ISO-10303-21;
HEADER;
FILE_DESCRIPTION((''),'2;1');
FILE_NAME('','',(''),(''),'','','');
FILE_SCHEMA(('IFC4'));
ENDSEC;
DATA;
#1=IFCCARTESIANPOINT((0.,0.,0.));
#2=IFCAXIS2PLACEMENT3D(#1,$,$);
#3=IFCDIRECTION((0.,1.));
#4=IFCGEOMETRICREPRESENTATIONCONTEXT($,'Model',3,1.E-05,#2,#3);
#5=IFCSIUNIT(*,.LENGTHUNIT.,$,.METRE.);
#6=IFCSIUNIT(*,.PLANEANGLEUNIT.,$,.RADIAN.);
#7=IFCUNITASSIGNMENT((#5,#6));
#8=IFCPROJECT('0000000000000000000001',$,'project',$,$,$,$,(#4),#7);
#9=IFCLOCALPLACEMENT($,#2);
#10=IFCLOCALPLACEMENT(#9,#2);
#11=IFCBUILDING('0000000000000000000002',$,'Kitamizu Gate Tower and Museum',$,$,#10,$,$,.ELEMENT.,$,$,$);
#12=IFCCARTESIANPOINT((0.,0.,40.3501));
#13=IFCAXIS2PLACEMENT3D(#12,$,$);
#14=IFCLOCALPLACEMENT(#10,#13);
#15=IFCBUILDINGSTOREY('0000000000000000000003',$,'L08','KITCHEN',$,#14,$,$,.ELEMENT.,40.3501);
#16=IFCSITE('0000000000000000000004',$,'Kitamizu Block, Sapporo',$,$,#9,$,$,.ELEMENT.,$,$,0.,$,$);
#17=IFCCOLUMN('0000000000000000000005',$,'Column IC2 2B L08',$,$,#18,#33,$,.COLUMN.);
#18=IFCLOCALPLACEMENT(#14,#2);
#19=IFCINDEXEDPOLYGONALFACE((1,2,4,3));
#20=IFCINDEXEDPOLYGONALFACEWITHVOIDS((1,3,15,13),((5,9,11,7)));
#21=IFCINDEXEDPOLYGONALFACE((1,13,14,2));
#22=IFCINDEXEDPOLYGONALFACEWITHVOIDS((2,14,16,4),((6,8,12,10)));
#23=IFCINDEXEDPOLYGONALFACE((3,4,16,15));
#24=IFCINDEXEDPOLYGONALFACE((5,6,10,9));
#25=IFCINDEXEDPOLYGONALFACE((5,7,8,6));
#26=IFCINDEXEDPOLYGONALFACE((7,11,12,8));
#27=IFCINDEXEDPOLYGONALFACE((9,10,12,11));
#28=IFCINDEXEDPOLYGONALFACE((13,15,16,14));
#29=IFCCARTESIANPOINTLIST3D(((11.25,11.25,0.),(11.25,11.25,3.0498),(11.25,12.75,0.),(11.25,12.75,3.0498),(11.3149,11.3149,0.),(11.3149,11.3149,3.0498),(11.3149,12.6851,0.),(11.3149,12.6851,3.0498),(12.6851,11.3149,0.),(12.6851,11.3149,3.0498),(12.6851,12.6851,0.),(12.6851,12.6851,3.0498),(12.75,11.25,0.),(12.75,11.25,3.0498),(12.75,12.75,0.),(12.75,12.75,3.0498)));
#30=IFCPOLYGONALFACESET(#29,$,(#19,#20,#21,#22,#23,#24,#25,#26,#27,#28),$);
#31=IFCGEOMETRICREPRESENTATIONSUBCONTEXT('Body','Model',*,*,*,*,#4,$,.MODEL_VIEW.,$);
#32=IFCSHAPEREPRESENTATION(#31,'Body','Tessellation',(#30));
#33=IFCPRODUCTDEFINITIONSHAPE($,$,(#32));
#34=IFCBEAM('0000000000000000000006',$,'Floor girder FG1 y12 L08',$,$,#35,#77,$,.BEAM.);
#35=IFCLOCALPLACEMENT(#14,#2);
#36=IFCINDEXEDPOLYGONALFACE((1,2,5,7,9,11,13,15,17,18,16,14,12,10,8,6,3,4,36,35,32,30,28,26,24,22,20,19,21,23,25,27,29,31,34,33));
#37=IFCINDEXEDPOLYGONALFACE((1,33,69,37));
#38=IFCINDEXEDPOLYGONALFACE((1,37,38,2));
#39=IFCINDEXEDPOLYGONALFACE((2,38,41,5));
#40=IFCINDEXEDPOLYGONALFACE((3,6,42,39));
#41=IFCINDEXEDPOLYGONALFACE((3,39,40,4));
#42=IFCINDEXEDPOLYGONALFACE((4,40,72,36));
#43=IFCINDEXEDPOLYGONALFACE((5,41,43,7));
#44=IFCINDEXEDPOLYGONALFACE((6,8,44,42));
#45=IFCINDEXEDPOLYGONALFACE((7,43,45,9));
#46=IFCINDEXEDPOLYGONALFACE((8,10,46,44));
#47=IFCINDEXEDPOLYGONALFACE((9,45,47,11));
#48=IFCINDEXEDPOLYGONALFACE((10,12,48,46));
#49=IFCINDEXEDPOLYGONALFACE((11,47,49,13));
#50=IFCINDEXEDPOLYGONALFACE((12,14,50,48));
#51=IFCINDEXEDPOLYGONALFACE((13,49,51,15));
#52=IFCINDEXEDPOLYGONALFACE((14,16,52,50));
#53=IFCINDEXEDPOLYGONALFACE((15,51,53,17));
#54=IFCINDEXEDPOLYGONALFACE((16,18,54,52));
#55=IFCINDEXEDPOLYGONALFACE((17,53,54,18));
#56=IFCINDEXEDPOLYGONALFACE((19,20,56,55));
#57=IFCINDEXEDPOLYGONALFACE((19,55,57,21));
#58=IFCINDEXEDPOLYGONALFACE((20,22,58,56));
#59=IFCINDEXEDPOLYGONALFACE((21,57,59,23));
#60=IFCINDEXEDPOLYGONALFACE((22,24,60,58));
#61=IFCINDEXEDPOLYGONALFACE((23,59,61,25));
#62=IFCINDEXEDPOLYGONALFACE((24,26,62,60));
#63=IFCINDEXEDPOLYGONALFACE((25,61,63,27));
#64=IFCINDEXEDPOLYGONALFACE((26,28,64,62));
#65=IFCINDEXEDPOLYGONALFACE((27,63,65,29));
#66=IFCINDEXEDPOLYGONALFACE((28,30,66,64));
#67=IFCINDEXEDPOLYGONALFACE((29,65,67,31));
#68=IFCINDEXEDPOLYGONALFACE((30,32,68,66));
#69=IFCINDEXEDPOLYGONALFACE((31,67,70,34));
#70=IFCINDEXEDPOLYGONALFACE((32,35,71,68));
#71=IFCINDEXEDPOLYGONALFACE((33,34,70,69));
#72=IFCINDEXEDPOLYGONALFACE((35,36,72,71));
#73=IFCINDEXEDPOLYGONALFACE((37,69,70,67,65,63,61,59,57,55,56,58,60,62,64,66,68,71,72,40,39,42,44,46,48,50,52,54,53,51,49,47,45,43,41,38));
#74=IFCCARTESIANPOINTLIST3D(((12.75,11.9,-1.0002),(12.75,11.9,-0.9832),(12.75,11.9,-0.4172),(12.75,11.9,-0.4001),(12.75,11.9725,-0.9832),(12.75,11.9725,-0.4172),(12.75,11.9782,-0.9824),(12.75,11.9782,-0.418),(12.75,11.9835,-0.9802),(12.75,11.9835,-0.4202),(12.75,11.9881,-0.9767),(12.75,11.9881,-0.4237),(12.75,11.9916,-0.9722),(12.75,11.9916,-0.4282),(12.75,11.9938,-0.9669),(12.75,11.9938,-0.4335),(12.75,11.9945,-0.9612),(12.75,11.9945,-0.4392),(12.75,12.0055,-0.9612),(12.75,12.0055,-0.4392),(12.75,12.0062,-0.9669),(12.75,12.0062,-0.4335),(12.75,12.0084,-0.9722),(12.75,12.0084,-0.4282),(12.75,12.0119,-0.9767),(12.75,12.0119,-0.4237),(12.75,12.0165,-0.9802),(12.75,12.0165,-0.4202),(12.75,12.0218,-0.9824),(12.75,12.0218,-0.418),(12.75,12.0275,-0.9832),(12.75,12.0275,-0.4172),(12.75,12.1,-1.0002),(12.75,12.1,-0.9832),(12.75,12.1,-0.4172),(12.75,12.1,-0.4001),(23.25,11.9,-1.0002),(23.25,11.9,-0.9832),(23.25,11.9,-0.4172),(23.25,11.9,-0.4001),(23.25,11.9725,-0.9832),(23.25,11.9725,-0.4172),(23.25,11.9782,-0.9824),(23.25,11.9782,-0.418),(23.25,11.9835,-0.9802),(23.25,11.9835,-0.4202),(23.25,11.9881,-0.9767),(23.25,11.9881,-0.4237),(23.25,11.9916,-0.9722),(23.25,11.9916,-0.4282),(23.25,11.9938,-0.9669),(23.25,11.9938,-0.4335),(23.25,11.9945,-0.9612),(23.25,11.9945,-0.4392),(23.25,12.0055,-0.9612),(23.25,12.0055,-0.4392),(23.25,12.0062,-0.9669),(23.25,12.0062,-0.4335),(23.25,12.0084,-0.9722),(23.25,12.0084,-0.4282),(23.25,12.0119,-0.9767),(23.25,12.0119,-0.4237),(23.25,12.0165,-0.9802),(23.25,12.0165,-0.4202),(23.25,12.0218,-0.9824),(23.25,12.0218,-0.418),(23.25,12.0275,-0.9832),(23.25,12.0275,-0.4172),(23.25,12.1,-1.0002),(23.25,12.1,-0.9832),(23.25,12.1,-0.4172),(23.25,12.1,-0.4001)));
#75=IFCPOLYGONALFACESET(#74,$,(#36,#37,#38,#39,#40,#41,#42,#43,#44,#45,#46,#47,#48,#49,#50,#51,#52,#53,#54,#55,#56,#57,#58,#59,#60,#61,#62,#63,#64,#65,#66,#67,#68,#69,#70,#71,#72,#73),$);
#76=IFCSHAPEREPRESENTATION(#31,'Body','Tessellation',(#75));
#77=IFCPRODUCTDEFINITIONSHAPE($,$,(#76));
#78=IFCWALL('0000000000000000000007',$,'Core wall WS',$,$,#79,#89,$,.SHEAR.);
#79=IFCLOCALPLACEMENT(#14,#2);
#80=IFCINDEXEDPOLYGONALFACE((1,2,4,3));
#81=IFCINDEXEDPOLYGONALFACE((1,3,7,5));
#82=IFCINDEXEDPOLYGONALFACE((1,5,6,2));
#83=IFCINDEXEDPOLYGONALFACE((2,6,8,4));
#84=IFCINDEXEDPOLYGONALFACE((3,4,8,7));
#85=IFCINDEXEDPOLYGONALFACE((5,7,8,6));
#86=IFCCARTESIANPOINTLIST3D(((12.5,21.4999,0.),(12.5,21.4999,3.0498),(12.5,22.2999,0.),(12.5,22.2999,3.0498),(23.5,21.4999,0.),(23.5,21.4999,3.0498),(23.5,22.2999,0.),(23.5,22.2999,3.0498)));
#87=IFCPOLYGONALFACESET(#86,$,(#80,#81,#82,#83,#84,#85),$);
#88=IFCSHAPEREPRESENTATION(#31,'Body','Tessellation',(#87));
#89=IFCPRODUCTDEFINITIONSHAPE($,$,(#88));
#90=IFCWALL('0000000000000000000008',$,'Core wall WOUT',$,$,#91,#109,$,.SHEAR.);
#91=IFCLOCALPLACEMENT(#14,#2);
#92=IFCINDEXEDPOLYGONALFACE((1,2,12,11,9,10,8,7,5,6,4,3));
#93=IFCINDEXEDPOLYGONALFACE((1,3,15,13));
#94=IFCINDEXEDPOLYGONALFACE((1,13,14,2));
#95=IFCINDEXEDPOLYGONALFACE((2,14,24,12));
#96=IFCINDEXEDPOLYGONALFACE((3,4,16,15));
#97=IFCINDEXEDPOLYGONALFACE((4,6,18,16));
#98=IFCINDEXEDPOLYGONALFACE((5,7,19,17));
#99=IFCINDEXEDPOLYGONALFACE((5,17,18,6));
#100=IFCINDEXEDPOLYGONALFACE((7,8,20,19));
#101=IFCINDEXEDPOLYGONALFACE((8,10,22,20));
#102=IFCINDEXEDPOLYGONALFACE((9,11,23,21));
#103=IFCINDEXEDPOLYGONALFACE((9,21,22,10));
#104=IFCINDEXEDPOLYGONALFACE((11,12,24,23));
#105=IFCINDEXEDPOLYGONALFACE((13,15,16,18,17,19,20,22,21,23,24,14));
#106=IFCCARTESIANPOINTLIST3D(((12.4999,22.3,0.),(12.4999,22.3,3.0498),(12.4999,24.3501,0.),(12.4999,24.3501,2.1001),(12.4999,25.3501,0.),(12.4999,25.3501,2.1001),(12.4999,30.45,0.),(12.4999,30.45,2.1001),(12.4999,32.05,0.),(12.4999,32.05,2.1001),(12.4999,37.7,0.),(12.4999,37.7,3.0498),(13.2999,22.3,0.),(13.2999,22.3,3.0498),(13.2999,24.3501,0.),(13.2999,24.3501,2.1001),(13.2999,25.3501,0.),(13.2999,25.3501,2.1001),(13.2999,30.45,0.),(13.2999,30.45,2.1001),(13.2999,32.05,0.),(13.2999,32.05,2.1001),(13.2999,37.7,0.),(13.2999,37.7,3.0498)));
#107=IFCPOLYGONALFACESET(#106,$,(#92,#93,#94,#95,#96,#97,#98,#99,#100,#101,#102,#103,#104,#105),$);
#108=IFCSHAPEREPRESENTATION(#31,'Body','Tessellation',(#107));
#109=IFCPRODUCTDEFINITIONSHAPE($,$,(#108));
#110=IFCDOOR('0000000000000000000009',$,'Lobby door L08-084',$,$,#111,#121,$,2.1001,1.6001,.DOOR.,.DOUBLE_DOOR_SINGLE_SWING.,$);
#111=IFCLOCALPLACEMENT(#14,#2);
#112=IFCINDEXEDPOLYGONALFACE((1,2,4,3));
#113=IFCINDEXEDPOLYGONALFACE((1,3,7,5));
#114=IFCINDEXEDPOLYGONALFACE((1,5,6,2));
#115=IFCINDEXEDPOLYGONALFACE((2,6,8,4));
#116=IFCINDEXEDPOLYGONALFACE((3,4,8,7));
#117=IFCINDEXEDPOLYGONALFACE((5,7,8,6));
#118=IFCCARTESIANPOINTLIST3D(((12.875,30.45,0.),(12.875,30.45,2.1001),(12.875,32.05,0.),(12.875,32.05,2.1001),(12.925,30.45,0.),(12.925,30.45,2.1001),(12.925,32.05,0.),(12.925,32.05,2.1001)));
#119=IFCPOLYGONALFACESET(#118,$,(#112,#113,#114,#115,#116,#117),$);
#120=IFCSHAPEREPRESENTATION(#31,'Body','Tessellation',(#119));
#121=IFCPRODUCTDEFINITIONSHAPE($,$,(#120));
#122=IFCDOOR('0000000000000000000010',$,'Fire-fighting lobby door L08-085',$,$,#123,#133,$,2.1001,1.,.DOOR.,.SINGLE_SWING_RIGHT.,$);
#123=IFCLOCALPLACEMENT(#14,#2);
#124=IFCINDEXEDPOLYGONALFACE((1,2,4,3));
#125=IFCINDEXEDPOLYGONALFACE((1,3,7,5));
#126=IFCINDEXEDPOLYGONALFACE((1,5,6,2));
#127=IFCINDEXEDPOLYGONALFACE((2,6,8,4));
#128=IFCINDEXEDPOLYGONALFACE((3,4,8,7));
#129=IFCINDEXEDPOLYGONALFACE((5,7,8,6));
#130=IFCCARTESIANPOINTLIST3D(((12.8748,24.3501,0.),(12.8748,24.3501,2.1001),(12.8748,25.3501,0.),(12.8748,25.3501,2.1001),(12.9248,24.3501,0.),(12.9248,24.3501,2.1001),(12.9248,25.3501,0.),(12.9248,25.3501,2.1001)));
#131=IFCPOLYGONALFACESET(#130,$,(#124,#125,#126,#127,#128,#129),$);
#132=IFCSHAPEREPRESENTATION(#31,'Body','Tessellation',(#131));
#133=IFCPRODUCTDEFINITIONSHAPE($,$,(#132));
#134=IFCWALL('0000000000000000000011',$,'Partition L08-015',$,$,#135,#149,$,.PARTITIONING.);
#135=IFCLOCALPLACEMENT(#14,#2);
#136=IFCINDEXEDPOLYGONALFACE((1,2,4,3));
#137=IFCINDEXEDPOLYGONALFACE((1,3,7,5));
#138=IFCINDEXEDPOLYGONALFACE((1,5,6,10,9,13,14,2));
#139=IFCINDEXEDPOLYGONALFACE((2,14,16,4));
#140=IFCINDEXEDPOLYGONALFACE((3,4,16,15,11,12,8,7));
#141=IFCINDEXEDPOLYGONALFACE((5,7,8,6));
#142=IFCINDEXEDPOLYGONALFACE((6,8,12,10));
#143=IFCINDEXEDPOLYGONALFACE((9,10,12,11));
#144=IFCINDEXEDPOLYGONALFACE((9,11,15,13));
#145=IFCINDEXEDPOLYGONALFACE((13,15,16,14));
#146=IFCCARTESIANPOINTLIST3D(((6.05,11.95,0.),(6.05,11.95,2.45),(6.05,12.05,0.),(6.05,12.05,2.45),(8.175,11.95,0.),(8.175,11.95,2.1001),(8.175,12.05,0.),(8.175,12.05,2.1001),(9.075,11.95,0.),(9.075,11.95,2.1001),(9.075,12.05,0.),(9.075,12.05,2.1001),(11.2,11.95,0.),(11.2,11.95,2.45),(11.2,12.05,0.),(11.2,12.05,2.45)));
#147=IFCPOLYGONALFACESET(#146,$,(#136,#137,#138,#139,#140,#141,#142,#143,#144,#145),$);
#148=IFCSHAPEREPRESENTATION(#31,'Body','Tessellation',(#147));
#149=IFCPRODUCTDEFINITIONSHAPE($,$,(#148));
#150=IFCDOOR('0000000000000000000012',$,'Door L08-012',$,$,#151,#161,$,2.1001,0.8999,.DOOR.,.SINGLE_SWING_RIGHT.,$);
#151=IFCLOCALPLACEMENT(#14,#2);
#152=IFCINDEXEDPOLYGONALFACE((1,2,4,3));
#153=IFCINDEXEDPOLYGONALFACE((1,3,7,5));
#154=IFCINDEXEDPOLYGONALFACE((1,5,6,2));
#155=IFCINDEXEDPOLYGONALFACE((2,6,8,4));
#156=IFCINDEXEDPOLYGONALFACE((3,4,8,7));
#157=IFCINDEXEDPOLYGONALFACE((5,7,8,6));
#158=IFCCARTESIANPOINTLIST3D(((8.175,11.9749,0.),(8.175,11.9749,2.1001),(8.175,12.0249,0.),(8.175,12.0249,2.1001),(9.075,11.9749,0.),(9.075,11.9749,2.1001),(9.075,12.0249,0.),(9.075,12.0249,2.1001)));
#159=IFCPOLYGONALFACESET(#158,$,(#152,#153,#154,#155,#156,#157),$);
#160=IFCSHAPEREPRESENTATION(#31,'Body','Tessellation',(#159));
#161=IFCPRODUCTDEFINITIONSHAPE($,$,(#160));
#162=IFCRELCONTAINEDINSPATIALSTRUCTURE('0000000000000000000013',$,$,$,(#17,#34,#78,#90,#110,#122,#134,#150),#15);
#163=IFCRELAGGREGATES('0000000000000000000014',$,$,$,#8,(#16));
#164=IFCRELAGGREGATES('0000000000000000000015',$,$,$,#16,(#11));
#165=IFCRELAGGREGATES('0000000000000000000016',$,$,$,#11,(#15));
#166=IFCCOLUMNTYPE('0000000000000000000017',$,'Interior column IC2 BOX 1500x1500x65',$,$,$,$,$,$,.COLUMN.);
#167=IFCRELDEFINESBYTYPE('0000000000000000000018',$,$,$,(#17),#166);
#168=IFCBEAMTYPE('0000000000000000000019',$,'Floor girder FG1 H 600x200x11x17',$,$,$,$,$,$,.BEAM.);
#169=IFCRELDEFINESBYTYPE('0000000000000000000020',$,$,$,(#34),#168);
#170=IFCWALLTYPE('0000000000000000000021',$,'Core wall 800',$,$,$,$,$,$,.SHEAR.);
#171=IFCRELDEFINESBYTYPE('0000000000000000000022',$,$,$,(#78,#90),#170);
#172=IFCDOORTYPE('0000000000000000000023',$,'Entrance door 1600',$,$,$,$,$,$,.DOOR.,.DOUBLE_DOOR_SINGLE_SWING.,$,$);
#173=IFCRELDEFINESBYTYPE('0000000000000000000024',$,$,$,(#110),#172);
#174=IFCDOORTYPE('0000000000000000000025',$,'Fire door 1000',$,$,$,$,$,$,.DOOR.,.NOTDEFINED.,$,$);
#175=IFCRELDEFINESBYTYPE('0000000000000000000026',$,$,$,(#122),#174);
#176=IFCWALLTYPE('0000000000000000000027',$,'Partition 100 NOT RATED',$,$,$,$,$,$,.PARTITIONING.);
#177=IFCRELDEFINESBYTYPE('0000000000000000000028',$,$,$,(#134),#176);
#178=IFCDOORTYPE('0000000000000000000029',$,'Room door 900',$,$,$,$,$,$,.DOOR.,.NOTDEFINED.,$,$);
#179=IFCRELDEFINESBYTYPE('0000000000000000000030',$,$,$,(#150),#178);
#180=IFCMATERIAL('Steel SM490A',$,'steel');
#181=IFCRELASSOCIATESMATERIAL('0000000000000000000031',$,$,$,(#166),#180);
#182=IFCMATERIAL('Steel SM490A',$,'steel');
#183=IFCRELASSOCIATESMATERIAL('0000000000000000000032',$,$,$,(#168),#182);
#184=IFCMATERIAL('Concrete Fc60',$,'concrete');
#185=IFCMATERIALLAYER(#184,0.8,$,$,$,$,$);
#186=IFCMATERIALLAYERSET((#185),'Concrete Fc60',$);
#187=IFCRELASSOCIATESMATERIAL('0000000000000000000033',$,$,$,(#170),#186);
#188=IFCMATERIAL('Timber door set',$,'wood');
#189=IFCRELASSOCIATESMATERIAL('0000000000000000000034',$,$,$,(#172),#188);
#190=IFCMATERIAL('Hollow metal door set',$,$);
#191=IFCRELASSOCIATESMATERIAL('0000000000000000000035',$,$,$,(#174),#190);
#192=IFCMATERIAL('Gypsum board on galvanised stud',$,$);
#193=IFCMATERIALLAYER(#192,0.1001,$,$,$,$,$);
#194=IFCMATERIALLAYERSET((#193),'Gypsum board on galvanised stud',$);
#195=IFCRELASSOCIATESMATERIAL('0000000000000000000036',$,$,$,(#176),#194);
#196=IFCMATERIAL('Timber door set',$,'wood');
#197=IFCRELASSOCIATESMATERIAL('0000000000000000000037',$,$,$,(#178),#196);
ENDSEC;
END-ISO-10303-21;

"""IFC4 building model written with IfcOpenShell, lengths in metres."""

from ifc_helpers import new_model, si_unit, direction, frame, frame_2d, origin, origin_2d, place, context, subcontext, project, spatial, rectangle, hollow_rectangle, i_section, extrude, material, layer, layer_set, material_profile, profile_set, type_object, element, fill, save


model = new_model("IFC4")

# Units and contexts
model_context = context("Model", 3, precision=1e-05, world=origin(), true_north=direction((0.0, 1.0)))
body_context = subcontext(model_context, "Body", "Model", "MODEL_VIEW")
ifc_project = project(units=[si_unit("LENGTHUNIT", "METRE"), si_unit("PLANEANGLEUNIT", "RADIAN")], contexts=[model_context])

# Site, building, storey
site_placement = place(None, origin())
site = spatial("IfcSite", under=ifc_project, at=site_placement, Name="Kitamizu Block, Sapporo", CompositionType="ELEMENT", RefElevation=0.0)
building_placement = place(site_placement, origin())
building = spatial("IfcBuilding", under=site, at=building_placement, Name="Kitamizu Gate Tower and Museum", CompositionType="ELEMENT")
storey_placement = place(building_placement, frame((0.0, 0.0, 40.3501)))
storey = spatial("IfcBuildingStorey", under=building, at=storey_placement, Name="L08", Description="KITCHEN", CompositionType="ELEMENT", Elevation=40.3501)

# Column
ifc_material_1 = material(Name="Steel SM490A", Category="steel")
ifc_material_profile_1 = material_profile(ifc_material_1, hollow_rectangle(XDim=1.5, YDim=1.5, WallThickness=0.0649, at=origin_2d()), Name="BOX 1500x1500x65")
ifc_profile_set_1 = profile_set([ifc_material_profile_1], Name="Steel SM490A")
column_type = type_object("IfcColumnType", Name="Interior column IC2 BOX 1500x1500x65", PredefinedType="COLUMN", material=ifc_profile_set_1)
column_placement = place(storey_placement, frame((12.0, 12.0, 0.0), z_axis=(0.0, 0.0, 1.0), x_axis=(1.0, 0.0, 0.0)))
element("IfcColumn", 1, at=column_placement, inside=storey, type_object=column_type, Name="Column IC2 2B L08", PredefinedType="COLUMN", context=body_context, shape_type="SweptSolid", body=[
    extrude(hollow_rectangle(XDim=1.5, YDim=1.5, WallThickness=0.0649, at=origin_2d()), origin(), (0.0, 0.0, 1.0), 3.0498),
])

# Beam
ifc_material_2 = material(Name="Steel SM490A", Category="steel")
ifc_material_profile_2 = material_profile(ifc_material_2, i_section(OverallWidth=0.2, OverallDepth=0.6001, WebThickness=0.011, FlangeThickness=0.0171, FilletRadius=0.022, at=origin_2d()), Name="H-600x200x11x17")
ifc_profile_set_2 = profile_set([ifc_material_profile_2], Name="Steel SM490A")
beam_type = type_object("IfcBeamType", Name="Floor girder FG1 H 600x200x11x17", PredefinedType="BEAM", material=ifc_profile_set_2)
beam_placement = place(storey_placement, frame((12.75, 12.0, -0.7002), z_axis=(1.0, 0.0, 0.0), x_axis=(0.0, 1.0, 0.0)))
element("IfcBeam", 2, at=beam_placement, inside=storey, type_object=beam_type, Name="Floor girder FG1 y12 L08", PredefinedType="BEAM", context=body_context, shape_type="SweptSolid", body=[
    extrude(i_section(OverallWidth=0.2, OverallDepth=0.6001, WebThickness=0.011, FlangeThickness=0.0171, FilletRadius=0.022, at=origin_2d()), origin(), (0.0, 0.0, 1.0), 10.5),
])

# Wall
ifc_material_3 = material(Name="Concrete Fc60", Category="concrete")
ifc_layer_1 = layer(ifc_material_3, 0.8)
ifc_layer_set_1 = layer_set([ifc_layer_1], Name="Concrete Fc60")
wall_type_1 = type_object("IfcWallType", Name="Core wall 800", PredefinedType="SHEAR", material=ifc_layer_set_1)
wall_1_placement = place(storey_placement, frame((12.5, 21.8999, 0.0), z_axis=(0.0, 0.0, 1.0), x_axis=(1.0, 0.0, 0.0)))
element("IfcWall", 3, at=wall_1_placement, inside=storey, type_object=wall_type_1, Name="Core wall WS", PredefinedType="SHEAR", context=body_context, shape_type="SweptSolid", body=[
    extrude(rectangle(XDim=11.0, YDim=0.8, at=frame_2d((5.5, 0.0))), origin(), (0.0, 0.0, 1.0), 3.0498),
])

# Wall, openings, doors
wall_2_placement = place(storey_placement, frame((12.8999, 22.3, 0.0), z_axis=(0.0, 0.0, 1.0), x_axis=(0.0, 1.0, 0.0)))
wall_2 = element("IfcWall", 4, at=wall_2_placement, inside=storey, type_object=wall_type_1, Name="Core wall WOUT", PredefinedType="SHEAR", context=body_context, shape_type="SweptSolid", body=[
    extrude(rectangle(XDim=15.3999, YDim=0.8, at=frame_2d((7.7, 0.0))), origin(), (0.0, 0.0, 1.0), 3.0498),
])
opening_1_placement = place(wall_2_placement, frame((8.1499, 0.0, 0.0)))
opening_1 = element("IfcOpeningElement", 5, at=opening_1_placement, cuts=wall_2, PredefinedType="OPENING", context=body_context, shape_type="SweptSolid", body=[
    extrude(rectangle(XDim=1.6001, YDim=2.1001, at=frame_2d((0.8, 1.05))), frame((0.0, 0.4102, 0.0), z_axis=(0.0, -1.0, 0.0), x_axis=(1.0, 0.0, 0.0)), (0.0, 0.0, 1.0), 0.8201),
])
opening_2_placement = place(wall_2_placement, frame((2.05, 0.0, 0.0)))
opening_2 = element("IfcOpeningElement", 6, at=opening_2_placement, cuts=wall_2, PredefinedType="OPENING", context=body_context, shape_type="SweptSolid", body=[
    extrude(rectangle(XDim=1.0, YDim=2.1001, at=frame_2d((0.5, 1.05))), frame((0.0, 0.4102, 0.0), z_axis=(0.0, -1.0, 0.0), x_axis=(1.0, 0.0, 0.0)), (0.0, 0.0, 1.0), 0.8201),
])
ifc_material_4 = material(Name="Timber door set", Category="wood")
door_type_1 = type_object("IfcDoorType", Name="Entrance door 1600", OperationType="DOUBLE_DOOR_SINGLE_SWING", PredefinedType="DOOR", material=ifc_material_4)
door_1_placement = place(opening_1_placement, origin())
door_1 = element("IfcDoor", 7, at=door_1_placement, inside=storey, type_object=door_type_1, Name="Lobby door L08-084", OperationType="DOUBLE_DOOR_SINGLE_SWING", OverallHeight=2.1001, OverallWidth=1.6001, PredefinedType="DOOR", context=body_context, shape_type="SweptSolid", body=[
    extrude(rectangle(XDim=1.6001, YDim=2.1001, at=frame_2d((0.8, 1.05))), frame((0.0, 0.0249, 0.0), z_axis=(0.0, -1.0, 0.0), x_axis=(1.0, 0.0, 0.0)), (0.0, 0.0, 1.0), 0.05),
])
fill(opening_1, door_1)
ifc_material_5 = material(Name="Hollow metal door set")
door_type_2 = type_object("IfcDoorType", Name="Fire door 1000", OperationType="NOTDEFINED", PredefinedType="DOOR", material=ifc_material_5)
door_2_placement = place(opening_2_placement, frame((1.0, 0.0, 0.0), x_axis=(-1.0, 0.0, 0.0)))
door_2 = element("IfcDoor", 8, at=door_2_placement, inside=storey, type_object=door_type_2, Name="Fire-fighting lobby door L08-085", OperationType="SINGLE_SWING_RIGHT", OverallHeight=2.1001, OverallWidth=1.0, PredefinedType="DOOR", context=body_context, shape_type="SweptSolid", body=[
    extrude(rectangle(XDim=1.0, YDim=2.1001, at=frame_2d((0.5, 1.05))), frame((0.0, 0.0249, 0.0), z_axis=(0.0, -1.0, 0.0), x_axis=(1.0, 0.0, 0.0)), (0.0, 0.0, 1.0), 0.05),
])
fill(opening_2, door_2)

# Wall, opening, door
ifc_material_6 = material(Name="Gypsum board on galvanised stud")
ifc_layer_2 = layer(ifc_material_6, 0.1001)
ifc_layer_set_2 = layer_set([ifc_layer_2], Name="Gypsum board on galvanised stud")
wall_type_2 = type_object("IfcWallType", Name="Partition 100 NOT RATED", PredefinedType="PARTITIONING", material=ifc_layer_set_2)
wall_3_placement = place(storey_placement, frame((11.2, 12.0, 0.0), z_axis=(0.0, 0.0, 1.0), x_axis=(-1.0, 0.0, 0.0)))
wall_3 = element("IfcWall", 9, at=wall_3_placement, inside=storey, type_object=wall_type_2, Name="Partition L08-015", PredefinedType="PARTITIONING", context=body_context, shape_type="SweptSolid", body=[
    extrude(rectangle(XDim=5.1499, YDim=0.1001, at=frame_2d((2.575, 0.0))), origin(), (0.0, 0.0, 1.0), 2.45),
])
opening_3_placement = place(wall_3_placement, frame((2.125, 0.0, 0.0)))
opening_3 = element("IfcOpeningElement", 10, at=opening_3_placement, cuts=wall_3, PredefinedType="OPENING", context=body_context, shape_type="SweptSolid", body=[
    extrude(rectangle(XDim=0.8999, YDim=2.1001, at=frame_2d((0.45, 1.05))), frame((0.0, 0.0601, 0.0), z_axis=(0.0, -1.0, 0.0), x_axis=(1.0, 0.0, 0.0)), (0.0, 0.0, 1.0), 0.1201),
])
ifc_material_7 = material(Name="Timber door set", Category="wood")
door_type_3 = type_object("IfcDoorType", Name="Room door 900", OperationType="NOTDEFINED", PredefinedType="DOOR", material=ifc_material_7)
door_3_placement = place(opening_3_placement, frame((0.8999, 0.0, 0.0), x_axis=(-1.0, 0.0, 0.0)))
door_3 = element("IfcDoor", 11, at=door_3_placement, inside=storey, type_object=door_type_3, Name="Door L08-012", OperationType="SINGLE_SWING_RIGHT", OverallHeight=2.1001, OverallWidth=0.8999, PredefinedType="DOOR", context=body_context, shape_type="SweptSolid", body=[
    extrude(rectangle(XDim=0.8999, YDim=2.1001, at=frame_2d((0.45, 1.05))), frame((0.0, 0.0249, 0.0), z_axis=(0.0, -1.0, 0.0), x_axis=(1.0, 0.0, 0.0)), (0.0, 0.0, 1.0), 0.05),
])
fill(opening_3, door_3)

save(model, "model.ifc")
